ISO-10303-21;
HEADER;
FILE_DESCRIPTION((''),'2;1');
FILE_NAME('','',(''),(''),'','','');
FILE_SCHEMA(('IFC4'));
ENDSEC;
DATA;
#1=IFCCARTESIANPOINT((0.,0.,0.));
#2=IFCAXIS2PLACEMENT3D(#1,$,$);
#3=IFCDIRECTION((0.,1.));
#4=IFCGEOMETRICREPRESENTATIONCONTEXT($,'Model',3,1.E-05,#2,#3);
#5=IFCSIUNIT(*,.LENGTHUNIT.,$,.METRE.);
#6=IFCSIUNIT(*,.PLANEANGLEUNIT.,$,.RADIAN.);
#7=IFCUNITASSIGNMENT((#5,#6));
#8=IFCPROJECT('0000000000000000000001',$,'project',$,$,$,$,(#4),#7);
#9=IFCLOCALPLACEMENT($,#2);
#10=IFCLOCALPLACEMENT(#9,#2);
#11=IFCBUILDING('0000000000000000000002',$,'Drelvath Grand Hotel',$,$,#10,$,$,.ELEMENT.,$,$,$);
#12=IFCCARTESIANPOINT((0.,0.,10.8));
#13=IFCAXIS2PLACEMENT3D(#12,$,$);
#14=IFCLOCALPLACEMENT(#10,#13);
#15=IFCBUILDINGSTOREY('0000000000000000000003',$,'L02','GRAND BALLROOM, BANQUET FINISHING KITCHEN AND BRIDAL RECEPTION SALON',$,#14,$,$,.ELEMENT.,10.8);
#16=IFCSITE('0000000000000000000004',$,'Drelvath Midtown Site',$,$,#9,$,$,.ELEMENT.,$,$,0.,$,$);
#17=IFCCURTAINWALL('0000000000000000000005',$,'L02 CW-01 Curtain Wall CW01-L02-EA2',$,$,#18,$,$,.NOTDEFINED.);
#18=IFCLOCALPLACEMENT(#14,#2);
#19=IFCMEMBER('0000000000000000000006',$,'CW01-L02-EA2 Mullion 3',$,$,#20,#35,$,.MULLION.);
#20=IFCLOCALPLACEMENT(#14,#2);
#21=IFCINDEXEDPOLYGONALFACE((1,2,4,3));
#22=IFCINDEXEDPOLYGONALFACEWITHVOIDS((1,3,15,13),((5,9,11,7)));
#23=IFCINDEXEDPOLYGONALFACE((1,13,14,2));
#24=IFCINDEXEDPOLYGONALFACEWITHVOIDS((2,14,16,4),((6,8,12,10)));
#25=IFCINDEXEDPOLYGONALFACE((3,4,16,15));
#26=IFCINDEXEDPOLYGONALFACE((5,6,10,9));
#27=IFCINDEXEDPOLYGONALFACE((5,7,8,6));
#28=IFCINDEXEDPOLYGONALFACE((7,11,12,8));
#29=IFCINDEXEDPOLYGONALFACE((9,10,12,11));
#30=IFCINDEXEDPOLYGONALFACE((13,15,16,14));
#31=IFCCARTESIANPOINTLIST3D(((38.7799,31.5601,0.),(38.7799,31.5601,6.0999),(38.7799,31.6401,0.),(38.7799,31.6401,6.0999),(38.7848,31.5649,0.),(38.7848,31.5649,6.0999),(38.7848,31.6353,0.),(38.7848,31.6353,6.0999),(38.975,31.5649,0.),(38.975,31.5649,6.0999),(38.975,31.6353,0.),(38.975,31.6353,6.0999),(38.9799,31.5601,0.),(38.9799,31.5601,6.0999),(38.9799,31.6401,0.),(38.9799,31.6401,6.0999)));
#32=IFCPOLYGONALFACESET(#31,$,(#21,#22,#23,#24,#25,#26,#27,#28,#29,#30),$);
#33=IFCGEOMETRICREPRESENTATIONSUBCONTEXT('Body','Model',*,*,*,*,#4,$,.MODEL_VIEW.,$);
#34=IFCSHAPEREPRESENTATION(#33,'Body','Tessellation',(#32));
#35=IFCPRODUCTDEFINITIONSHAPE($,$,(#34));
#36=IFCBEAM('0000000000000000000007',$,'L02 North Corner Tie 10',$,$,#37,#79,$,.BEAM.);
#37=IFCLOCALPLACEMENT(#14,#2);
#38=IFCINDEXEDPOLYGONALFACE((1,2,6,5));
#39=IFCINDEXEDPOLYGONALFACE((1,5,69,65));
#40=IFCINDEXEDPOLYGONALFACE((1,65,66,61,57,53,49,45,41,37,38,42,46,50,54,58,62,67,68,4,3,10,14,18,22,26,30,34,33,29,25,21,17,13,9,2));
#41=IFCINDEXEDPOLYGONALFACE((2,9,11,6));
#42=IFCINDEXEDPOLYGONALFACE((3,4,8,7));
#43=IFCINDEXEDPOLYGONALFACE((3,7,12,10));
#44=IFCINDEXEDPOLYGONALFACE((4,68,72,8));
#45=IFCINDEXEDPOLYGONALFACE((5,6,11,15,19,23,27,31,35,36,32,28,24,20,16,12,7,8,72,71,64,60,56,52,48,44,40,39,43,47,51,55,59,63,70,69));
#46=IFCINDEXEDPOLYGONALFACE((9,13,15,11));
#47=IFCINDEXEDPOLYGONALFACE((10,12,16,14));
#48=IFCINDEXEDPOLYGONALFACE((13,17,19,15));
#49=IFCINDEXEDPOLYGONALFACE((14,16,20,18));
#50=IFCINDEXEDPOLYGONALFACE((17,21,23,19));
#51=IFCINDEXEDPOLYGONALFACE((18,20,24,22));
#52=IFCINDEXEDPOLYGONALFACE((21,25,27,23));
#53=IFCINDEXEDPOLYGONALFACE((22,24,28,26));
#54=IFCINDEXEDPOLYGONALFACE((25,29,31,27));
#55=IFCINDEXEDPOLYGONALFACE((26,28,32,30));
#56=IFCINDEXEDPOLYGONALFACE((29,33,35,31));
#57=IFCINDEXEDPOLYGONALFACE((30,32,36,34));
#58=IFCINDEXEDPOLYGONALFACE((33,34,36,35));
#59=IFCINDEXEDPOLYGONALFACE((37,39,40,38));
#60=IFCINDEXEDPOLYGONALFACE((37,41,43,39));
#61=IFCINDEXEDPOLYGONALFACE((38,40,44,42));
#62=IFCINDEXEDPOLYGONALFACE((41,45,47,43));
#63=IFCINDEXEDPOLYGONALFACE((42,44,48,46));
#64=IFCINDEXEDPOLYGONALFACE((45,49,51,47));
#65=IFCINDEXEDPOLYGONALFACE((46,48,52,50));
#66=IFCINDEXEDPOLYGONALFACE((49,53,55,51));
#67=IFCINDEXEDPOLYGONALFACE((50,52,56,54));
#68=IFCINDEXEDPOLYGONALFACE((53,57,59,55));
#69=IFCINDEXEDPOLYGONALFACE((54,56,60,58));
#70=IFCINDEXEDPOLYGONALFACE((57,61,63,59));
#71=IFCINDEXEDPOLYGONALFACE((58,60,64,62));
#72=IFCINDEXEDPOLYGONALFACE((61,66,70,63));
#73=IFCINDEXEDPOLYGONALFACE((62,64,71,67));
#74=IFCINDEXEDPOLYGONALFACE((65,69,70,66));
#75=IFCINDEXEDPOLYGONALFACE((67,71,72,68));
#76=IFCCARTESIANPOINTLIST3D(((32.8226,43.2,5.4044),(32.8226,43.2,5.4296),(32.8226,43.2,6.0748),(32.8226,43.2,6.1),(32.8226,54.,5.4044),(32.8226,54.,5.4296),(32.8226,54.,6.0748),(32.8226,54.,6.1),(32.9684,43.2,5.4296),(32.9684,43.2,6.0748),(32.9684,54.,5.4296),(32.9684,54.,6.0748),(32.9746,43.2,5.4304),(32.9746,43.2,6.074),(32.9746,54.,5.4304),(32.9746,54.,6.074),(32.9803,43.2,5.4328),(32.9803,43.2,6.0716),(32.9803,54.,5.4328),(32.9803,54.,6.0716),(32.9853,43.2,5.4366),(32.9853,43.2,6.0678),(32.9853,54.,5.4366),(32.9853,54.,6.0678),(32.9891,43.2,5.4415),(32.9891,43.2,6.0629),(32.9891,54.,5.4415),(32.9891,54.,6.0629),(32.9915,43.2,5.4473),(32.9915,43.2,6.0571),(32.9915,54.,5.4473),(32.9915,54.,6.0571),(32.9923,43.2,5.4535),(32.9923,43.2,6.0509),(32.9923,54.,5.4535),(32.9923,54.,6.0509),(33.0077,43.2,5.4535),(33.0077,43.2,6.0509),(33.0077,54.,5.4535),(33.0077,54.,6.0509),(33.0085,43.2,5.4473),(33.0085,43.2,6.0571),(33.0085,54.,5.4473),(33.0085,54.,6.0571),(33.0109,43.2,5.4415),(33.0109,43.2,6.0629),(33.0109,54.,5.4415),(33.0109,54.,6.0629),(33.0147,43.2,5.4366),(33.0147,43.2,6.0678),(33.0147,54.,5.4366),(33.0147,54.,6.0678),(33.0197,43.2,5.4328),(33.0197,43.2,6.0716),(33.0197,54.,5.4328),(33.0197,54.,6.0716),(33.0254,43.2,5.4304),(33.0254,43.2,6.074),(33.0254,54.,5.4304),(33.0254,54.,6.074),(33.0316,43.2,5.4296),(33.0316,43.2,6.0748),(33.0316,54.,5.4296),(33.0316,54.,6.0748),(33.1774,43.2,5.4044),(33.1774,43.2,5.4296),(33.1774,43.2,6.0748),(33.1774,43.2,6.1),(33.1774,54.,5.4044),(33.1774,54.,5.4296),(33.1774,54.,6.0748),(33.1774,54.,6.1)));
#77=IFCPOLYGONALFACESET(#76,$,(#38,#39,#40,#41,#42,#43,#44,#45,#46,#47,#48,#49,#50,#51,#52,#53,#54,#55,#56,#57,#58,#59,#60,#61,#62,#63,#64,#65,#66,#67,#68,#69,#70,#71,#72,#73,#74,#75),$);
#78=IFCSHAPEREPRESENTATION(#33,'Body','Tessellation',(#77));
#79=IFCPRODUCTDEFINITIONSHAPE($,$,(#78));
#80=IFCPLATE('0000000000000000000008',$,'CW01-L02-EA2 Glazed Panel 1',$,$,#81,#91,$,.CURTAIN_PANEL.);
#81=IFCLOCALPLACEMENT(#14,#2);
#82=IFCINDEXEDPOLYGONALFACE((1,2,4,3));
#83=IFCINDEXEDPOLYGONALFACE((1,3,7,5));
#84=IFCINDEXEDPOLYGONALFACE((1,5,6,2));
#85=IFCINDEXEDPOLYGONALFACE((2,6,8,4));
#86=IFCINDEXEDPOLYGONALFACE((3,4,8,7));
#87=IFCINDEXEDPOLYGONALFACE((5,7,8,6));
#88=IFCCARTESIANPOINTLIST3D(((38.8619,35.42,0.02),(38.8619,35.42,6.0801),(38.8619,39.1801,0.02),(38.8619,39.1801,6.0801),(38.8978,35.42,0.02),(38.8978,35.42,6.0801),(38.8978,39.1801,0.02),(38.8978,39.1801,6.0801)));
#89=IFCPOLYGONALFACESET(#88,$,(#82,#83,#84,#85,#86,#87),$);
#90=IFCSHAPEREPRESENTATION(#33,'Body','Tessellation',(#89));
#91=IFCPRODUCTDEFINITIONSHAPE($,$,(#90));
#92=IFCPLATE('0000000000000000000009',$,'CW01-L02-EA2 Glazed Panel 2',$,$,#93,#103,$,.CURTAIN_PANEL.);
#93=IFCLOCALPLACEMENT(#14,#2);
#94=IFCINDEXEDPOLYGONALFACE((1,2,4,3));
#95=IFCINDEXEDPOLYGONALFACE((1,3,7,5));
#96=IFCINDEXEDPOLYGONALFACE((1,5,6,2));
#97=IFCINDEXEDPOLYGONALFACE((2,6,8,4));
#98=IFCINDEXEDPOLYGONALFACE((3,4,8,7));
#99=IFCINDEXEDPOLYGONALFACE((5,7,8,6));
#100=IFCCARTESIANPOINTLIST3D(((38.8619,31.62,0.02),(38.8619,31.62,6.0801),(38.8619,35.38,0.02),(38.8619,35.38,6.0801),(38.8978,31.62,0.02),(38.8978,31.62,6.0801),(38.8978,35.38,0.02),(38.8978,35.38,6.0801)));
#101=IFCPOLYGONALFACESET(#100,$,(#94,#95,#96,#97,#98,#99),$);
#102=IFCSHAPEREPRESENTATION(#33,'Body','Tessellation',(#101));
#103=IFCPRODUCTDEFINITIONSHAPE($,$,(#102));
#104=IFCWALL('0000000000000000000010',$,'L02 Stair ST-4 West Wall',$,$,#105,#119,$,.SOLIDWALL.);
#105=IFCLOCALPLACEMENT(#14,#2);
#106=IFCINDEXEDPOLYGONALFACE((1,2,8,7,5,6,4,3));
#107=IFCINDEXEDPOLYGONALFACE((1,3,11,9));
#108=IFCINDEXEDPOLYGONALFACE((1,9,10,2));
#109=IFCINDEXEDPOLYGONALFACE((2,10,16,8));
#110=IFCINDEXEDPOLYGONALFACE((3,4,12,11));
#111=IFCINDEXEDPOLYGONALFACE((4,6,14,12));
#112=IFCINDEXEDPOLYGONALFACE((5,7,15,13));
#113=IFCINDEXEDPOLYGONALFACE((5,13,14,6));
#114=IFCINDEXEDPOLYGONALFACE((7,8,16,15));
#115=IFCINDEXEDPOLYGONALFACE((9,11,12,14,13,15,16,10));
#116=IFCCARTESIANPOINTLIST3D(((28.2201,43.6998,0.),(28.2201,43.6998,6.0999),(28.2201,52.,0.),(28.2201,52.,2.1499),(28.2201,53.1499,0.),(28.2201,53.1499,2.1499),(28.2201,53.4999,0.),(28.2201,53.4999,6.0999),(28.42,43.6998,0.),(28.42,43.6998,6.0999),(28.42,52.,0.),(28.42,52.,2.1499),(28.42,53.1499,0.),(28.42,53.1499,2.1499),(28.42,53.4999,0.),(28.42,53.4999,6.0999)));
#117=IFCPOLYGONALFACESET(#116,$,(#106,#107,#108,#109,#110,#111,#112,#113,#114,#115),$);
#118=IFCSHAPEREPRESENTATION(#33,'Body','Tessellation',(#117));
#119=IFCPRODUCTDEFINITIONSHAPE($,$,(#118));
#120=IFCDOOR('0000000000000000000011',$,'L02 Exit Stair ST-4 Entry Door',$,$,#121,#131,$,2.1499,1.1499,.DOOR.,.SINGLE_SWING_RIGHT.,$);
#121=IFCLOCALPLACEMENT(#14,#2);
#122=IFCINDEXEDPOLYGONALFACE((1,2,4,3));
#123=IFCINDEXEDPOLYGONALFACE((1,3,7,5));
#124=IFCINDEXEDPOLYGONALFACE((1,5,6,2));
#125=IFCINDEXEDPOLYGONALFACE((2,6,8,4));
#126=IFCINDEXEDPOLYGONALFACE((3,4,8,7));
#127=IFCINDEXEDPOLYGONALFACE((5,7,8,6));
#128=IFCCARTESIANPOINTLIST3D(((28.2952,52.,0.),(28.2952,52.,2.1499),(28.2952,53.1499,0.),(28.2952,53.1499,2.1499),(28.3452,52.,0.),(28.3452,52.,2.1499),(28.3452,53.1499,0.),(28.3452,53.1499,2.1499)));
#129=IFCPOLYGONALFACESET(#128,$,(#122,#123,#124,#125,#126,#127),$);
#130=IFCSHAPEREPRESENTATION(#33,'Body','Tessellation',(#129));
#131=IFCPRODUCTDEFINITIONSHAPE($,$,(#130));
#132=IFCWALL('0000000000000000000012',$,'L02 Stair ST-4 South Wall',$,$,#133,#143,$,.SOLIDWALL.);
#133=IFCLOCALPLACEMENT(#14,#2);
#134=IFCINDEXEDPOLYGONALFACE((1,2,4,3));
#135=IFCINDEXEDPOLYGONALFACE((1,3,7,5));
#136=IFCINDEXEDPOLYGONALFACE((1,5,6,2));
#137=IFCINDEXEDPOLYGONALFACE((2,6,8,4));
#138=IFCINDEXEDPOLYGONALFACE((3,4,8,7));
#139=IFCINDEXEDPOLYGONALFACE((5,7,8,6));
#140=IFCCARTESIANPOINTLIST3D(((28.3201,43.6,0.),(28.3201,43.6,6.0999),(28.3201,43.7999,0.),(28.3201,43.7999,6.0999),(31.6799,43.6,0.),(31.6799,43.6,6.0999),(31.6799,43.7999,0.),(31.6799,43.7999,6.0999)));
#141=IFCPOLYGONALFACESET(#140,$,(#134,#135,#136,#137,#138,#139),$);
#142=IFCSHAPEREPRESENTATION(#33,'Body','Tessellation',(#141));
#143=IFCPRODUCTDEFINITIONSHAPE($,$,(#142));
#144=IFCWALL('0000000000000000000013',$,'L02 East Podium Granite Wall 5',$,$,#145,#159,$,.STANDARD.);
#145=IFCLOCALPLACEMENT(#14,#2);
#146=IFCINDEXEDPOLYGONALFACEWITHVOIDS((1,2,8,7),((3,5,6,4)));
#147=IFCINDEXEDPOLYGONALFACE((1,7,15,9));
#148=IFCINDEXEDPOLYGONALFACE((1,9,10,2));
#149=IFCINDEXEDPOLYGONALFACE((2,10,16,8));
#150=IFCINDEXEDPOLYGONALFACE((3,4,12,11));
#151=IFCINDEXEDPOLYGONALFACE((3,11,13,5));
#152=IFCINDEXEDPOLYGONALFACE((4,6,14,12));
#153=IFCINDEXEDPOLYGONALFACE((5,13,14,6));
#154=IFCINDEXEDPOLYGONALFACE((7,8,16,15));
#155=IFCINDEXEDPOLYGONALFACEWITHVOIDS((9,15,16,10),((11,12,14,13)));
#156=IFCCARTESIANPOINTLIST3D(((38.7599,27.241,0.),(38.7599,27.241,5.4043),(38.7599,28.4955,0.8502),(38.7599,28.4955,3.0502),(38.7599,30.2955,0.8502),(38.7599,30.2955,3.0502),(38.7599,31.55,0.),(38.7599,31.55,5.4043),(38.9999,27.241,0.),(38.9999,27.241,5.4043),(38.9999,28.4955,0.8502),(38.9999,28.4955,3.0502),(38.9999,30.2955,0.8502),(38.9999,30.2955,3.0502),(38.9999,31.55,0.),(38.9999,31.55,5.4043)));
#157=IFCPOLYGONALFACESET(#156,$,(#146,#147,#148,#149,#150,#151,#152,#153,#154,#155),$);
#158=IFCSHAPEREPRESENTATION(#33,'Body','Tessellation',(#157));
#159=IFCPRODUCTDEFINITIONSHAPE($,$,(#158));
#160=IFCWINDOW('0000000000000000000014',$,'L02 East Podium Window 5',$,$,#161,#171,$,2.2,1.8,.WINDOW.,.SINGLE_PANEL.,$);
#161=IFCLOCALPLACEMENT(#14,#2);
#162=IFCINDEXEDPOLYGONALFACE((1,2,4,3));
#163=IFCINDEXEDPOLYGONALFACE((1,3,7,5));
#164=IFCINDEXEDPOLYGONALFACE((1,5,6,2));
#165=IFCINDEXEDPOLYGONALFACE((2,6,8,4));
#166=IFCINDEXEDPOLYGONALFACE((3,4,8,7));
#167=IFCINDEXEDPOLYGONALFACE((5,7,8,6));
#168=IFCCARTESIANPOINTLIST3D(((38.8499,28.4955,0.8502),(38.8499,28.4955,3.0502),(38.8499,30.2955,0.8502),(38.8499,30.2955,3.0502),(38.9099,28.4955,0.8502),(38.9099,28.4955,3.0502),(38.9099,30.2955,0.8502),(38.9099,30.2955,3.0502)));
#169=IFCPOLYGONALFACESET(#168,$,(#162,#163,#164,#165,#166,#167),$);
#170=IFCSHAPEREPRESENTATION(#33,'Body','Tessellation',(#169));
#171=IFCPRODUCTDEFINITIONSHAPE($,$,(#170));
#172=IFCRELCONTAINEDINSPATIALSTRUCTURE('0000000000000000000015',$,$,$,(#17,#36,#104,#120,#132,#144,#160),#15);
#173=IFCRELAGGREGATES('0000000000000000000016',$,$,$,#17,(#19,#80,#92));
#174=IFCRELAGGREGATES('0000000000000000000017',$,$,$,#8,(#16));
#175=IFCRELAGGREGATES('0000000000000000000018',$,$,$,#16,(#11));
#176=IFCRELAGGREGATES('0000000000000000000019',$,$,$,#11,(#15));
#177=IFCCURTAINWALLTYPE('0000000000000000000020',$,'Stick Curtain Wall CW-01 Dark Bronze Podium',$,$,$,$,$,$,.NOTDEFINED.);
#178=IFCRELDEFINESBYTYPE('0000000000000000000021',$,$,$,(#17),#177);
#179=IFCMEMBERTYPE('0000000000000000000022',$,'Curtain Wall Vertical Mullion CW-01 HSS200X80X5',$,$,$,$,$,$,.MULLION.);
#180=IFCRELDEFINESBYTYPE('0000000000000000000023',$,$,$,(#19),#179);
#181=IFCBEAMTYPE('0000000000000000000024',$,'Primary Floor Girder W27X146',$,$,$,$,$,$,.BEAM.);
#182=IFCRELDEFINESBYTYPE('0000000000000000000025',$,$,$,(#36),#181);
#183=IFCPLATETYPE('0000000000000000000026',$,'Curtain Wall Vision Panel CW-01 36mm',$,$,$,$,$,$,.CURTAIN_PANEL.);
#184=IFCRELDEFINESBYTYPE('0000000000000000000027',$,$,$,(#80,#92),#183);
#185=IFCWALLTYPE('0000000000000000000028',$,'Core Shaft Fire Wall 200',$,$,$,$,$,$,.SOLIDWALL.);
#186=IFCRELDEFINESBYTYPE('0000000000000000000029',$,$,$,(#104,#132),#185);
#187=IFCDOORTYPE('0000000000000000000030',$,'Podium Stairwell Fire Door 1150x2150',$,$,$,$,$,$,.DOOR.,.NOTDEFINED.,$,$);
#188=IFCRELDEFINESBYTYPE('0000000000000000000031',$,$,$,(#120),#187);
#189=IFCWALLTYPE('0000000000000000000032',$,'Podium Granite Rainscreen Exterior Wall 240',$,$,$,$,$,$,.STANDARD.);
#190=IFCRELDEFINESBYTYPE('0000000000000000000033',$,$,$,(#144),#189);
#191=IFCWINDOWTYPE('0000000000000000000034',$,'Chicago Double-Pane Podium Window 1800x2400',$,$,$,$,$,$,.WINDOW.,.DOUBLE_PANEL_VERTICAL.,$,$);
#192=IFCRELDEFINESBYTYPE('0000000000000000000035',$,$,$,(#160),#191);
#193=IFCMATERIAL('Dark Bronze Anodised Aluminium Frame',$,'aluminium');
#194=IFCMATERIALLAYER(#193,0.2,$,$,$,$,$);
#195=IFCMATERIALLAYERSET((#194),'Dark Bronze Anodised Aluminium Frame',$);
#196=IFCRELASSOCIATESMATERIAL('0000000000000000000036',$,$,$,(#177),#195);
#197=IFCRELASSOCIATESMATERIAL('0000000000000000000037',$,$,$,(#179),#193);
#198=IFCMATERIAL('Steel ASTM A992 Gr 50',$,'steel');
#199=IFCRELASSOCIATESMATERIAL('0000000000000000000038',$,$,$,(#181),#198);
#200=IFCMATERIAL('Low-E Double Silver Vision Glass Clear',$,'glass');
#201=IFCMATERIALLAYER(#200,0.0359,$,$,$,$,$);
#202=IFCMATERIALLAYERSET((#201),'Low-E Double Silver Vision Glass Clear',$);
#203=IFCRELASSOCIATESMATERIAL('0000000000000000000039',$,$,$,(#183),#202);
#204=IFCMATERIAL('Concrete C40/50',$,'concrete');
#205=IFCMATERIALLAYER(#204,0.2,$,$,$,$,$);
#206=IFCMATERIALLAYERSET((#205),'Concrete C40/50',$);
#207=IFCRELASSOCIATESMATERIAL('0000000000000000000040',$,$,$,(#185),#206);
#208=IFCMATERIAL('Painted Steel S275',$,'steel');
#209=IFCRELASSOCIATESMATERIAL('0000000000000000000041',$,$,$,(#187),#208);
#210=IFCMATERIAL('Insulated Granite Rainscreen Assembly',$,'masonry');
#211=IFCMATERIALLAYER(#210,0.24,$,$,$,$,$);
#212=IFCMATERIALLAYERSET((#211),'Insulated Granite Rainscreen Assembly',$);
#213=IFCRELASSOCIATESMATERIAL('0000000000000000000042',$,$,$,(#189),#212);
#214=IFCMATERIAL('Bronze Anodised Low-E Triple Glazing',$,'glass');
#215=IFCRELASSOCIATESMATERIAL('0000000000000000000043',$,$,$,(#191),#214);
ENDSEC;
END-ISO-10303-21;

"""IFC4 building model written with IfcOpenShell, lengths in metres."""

from ifc_helpers import new_model, si_unit, direction, frame, frame_2d, origin, origin_2d, place, context, subcontext, project, spatial, rectangle, hollow_rectangle, i_section, extrude, material, layer, layer_set, material_profile, profile_set, type_object, element, fill, aggregate, save


model = new_model("IFC4")

# Units and contexts
model_context = context("Model", 3, precision=1e-05, world=origin(), true_north=direction((0.0, 1.0)))
body_context = subcontext(model_context, "Body", "Model", "MODEL_VIEW")
ifc_project = project(units=[si_unit("LENGTHUNIT", "METRE"), si_unit("PLANEANGLEUNIT", "RADIAN")], contexts=[model_context])

# Site, building, storey
site_placement = place(None, origin())
site = spatial("IfcSite", under=ifc_project, at=site_placement, Name="Drelvath Midtown Site", CompositionType="ELEMENT", RefElevation=0.0)
building_placement = place(site_placement, origin())
building = spatial("IfcBuilding", under=site, at=building_placement, Name="Drelvath Grand Hotel", CompositionType="ELEMENT")
storey_placement = place(building_placement, frame((0.0, 0.0, 10.8)))
storey = spatial("IfcBuildingStorey", under=building, at=storey_placement, Name="L02", Description="GRAND BALLROOM, BANQUET FINISHING KITCHEN AND BRIDAL RECEPTION SALON", CompositionType="ELEMENT", Elevation=10.8)

# Curtain wall, member
ifc_material_1 = material(Name="Dark Bronze Anodised Aluminium Frame", Category="aluminium")
ifc_layer_1 = layer(ifc_material_1, 0.2)
ifc_layer_set_1 = layer_set([ifc_layer_1], Name="Dark Bronze Anodised Aluminium Frame")
curtain_wall_type = type_object("IfcCurtainWallType", Name="Stick Curtain Wall CW-01 Dark Bronze Podium", PredefinedType="NOTDEFINED", material=ifc_layer_set_1)
curtain_wall_placement = place(storey_placement, origin())
curtain_wall = element("IfcCurtainWall", 1, at=curtain_wall_placement, inside=storey, type_object=curtain_wall_type, Name="L02 CW-01 Curtain Wall CW01-L02-EA2", PredefinedType="NOTDEFINED")
ifc_material_profile_1 = material_profile(ifc_material_1, hollow_rectangle(XDim=0.0801, YDim=0.2, WallThickness=0.0049, at=origin_2d()), Name="HSS200X80X5")
ifc_profile_set_1 = profile_set([ifc_material_profile_1], Name="Dark Bronze Anodised Aluminium Frame")
member_type_1 = type_object("IfcMemberType", Name="Curtain Wall Vertical Mullion CW-01 HSS200X80X5", PredefinedType="MULLION", material=ifc_profile_set_1)
member_1_placement = place(storey_placement, frame((38.8799, 31.6001, 0.0), z_axis=(0.0, 0.0, 1.0), x_axis=(0.0, 1.0, 0.0)))
member_1 = element("IfcMember", 2, at=member_1_placement, type_object=member_type_1, Name="CW01-L02-EA2 Mullion 3", PredefinedType="MULLION", context=body_context, shape_type="SweptSolid", body=[
    extrude(hollow_rectangle(XDim=0.0801, YDim=0.2, WallThickness=0.0049, at=origin_2d()), origin(), (0.0, 0.0, 1.0), 6.0999),
])

# Beam
ifc_material_2 = material(Name="Steel ASTM A992 Gr 50", Category="steel")
ifc_material_profile_2 = material_profile(ifc_material_2, i_section(OverallWidth=0.3547, OverallDepth=0.6956, WebThickness=0.0154, FlangeThickness=0.0251, FilletRadius=0.0239, at=origin_2d()), Name="W27X146")
ifc_profile_set_2 = profile_set([ifc_material_profile_2], Name="Steel ASTM A992 Gr 50")
beam_type = type_object("IfcBeamType", Name="Primary Floor Girder W27X146", PredefinedType="BEAM", material=ifc_profile_set_2)
beam_placement = place(storey_placement, frame((33.0, 43.2, 5.7522), z_axis=(0.0, 1.0, 0.0), x_axis=(-1.0, 0.0, 0.0)))
element("IfcBeam", 3, at=beam_placement, inside=storey, type_object=beam_type, Name="L02 North Corner Tie 10", PredefinedType="BEAM", context=body_context, shape_type="SweptSolid", body=[
    extrude(i_section(OverallWidth=0.3547, OverallDepth=0.6956, WebThickness=0.0154, FlangeThickness=0.0251, FilletRadius=0.0239, at=origin_2d()), origin(), (0.0, 0.0, 1.0), 10.8),
])

# Plates
ifc_material_3 = material(Name="Low-E Double Silver Vision Glass Clear", Category="glass")
ifc_layer_2 = layer(ifc_material_3, 0.0359)
ifc_layer_set_2 = layer_set([ifc_layer_2], Name="Low-E Double Silver Vision Glass Clear")
plate_type = type_object("IfcPlateType", Name="Curtain Wall Vision Panel CW-01 36mm", PredefinedType="CURTAIN_PANEL", material=ifc_layer_set_2)
plate_1_placement = place(storey_placement, frame((38.8799, 37.3, 0.02), z_axis=(0.0, 0.0, 1.0), x_axis=(0.0, -1.0, 0.0)))
plate_1 = element("IfcPlate", 4, at=plate_1_placement, type_object=plate_type, Name="CW01-L02-EA2 Glazed Panel 1", PredefinedType="CURTAIN_PANEL", context=body_context, shape_type="SweptSolid", body=[
    extrude(rectangle(XDim=3.76, YDim=0.0359, at=origin_2d()), origin(), (0.0, 0.0, 1.0), 6.0601),
])
plate_2_placement = place(storey_placement, frame((38.8799, 33.5, 0.02), z_axis=(0.0, 0.0, 1.0), x_axis=(0.0, -1.0, 0.0)))
plate_2 = element("IfcPlate", 5, at=plate_2_placement, type_object=plate_type, Name="CW01-L02-EA2 Glazed Panel 2", PredefinedType="CURTAIN_PANEL", context=body_context, shape_type="SweptSolid", body=[
    extrude(rectangle(XDim=3.76, YDim=0.0359, at=origin_2d()), origin(), (0.0, 0.0, 1.0), 6.0601),
])
aggregate(curtain_wall, [member_1, plate_1, plate_2])

# Wall, opening, door
ifc_material_4 = material(Name="Concrete C40/50", Category="concrete")
ifc_layer_3 = layer(ifc_material_4, 0.2)
ifc_layer_set_3 = layer_set([ifc_layer_3], Name="Concrete C40/50")
wall_type_1 = type_object("IfcWallType", Name="Core Shaft Fire Wall 200", PredefinedType="SOLIDWALL", material=ifc_layer_set_3)
wall_1_placement = place(storey_placement, frame((28.3201, 43.7, 0.0), z_axis=(0.0, 0.0, 1.0), x_axis=(0.0, 1.0, 0.0)))
wall_1 = element("IfcWall", 6, at=wall_1_placement, inside=storey, type_object=wall_type_1, Name="L02 Stair ST-4 West Wall", PredefinedType="SOLIDWALL", context=body_context, shape_type="SweptSolid", body=[
    extrude(rectangle(XDim=9.8, YDim=0.2, at=frame_2d((4.8999, 0.0))), origin(), (0.0, 0.0, 1.0), 6.0999),
])
opening_1_placement = place(wall_1_placement, frame((8.3, 0.0, 0.0)))
opening_1 = element("IfcOpeningElement", 7, at=opening_1_placement, cuts=wall_1, PredefinedType="OPENING", context=body_context, shape_type="SweptSolid", body=[
    extrude(rectangle(XDim=1.1499, YDim=2.1499, at=frame_2d((0.575, 1.075))), frame((0.0, 0.1099, 0.0), z_axis=(0.0, -1.0, 0.0), x_axis=(1.0, 0.0, 0.0)), (0.0, 0.0, 1.0), 0.22),
])
ifc_material_5 = material(Name="Painted Steel S275", Category="steel")
door_type = type_object("IfcDoorType", Name="Podium Stairwell Fire Door 1150x2150", OperationType="NOTDEFINED", PredefinedType="DOOR", material=ifc_material_5)
door_placement = place(opening_1_placement, origin())
door = element("IfcDoor", 8, at=door_placement, inside=storey, type_object=door_type, Name="L02 Exit Stair ST-4 Entry Door", OperationType="SINGLE_SWING_RIGHT", OverallHeight=2.1499, OverallWidth=1.1499, PredefinedType="DOOR", context=body_context, shape_type="SweptSolid", body=[
    extrude(rectangle(XDim=1.1499, YDim=2.1499, at=frame_2d((0.575, 1.075))), frame((0.0, 0.0249, 0.0), z_axis=(0.0, -1.0, 0.0), x_axis=(1.0, 0.0, 0.0)), (0.0, 0.0, 1.0), 0.05),
])
fill(opening_1, door)

# Wall
wall_2_placement = place(storey_placement, frame((28.3201, 43.7, 0.0), z_axis=(0.0, 0.0, 1.0), x_axis=(1.0, 0.0, 0.0)))
element("IfcWall", 9, at=wall_2_placement, inside=storey, type_object=wall_type_1, Name="L02 Stair ST-4 South Wall", PredefinedType="SOLIDWALL", context=body_context, shape_type="SweptSolid", body=[
    extrude(rectangle(XDim=3.3599, YDim=0.2, at=frame_2d((1.6799, 0.0))), origin(), (0.0, 0.0, 1.0), 6.0999),
])

# Wall, opening, window
ifc_material_6 = material(Name="Insulated Granite Rainscreen Assembly", Category="masonry")
ifc_layer_4 = layer(ifc_material_6, 0.24)
ifc_layer_set_4 = layer_set([ifc_layer_4], Name="Insulated Granite Rainscreen Assembly")
wall_type_2 = type_object("IfcWallType", Name="Podium Granite Rainscreen Exterior Wall 240", PredefinedType="STANDARD", material=ifc_layer_set_4)
wall_3_placement = place(storey_placement, frame((38.8799, 31.55, 0.0), z_axis=(0.0, 0.0, 1.0), x_axis=(0.0, -1.0, 0.0)))
wall_3 = element("IfcWall", 10, at=wall_3_placement, inside=storey, type_object=wall_type_2, Name="L02 East Podium Granite Wall 5", PredefinedType="STANDARD", context=body_context, shape_type="SweptSolid", body=[
    extrude(rectangle(XDim=4.3091, YDim=0.24, at=frame_2d((2.1545, 0.0))), origin(), (0.0, 0.0, 1.0), 5.4043),
])
opening_2_placement = place(wall_3_placement, frame((1.2546, 0.0, 0.8501)))
opening_2 = element("IfcOpeningElement", 11, at=opening_2_placement, cuts=wall_3, PredefinedType="OPENING", context=body_context, shape_type="SweptSolid", body=[
    extrude(rectangle(XDim=1.8, YDim=2.2, at=frame_2d((0.8999, 1.1001))), frame((0.0, 0.1299, 0.0), z_axis=(0.0, -1.0, 0.0), x_axis=(1.0, 0.0, 0.0)), (0.0, 0.0, 1.0), 0.26),
])
ifc_material_7 = material(Name="Bronze Anodised Low-E Triple Glazing", Category="glass")
window_type = type_object("IfcWindowType", Name="Chicago Double-Pane Podium Window 1800x2400", PartitioningType="DOUBLE_PANEL_VERTICAL", PredefinedType="WINDOW", material=ifc_material_7)
window_1_placement = place(opening_2_placement, origin())
window_1 = element("IfcWindow", 12, at=window_1_placement, inside=storey, type_object=window_type, Name="L02 East Podium Window 5", OverallHeight=2.2, OverallWidth=1.8, PartitioningType="SINGLE_PANEL", PredefinedType="WINDOW", context=body_context, shape_type="SweptSolid", body=[
    extrude(rectangle(XDim=1.8, YDim=2.2, at=frame_2d((0.8999, 1.1001))), frame((0.0, 0.03, 0.0), z_axis=(0.0, -1.0, 0.0), x_axis=(1.0, 0.0, 0.0)), (0.0, 0.0, 1.0), 0.0601),
])
fill(opening_2, window_1)

save(model, "model.ifc")
